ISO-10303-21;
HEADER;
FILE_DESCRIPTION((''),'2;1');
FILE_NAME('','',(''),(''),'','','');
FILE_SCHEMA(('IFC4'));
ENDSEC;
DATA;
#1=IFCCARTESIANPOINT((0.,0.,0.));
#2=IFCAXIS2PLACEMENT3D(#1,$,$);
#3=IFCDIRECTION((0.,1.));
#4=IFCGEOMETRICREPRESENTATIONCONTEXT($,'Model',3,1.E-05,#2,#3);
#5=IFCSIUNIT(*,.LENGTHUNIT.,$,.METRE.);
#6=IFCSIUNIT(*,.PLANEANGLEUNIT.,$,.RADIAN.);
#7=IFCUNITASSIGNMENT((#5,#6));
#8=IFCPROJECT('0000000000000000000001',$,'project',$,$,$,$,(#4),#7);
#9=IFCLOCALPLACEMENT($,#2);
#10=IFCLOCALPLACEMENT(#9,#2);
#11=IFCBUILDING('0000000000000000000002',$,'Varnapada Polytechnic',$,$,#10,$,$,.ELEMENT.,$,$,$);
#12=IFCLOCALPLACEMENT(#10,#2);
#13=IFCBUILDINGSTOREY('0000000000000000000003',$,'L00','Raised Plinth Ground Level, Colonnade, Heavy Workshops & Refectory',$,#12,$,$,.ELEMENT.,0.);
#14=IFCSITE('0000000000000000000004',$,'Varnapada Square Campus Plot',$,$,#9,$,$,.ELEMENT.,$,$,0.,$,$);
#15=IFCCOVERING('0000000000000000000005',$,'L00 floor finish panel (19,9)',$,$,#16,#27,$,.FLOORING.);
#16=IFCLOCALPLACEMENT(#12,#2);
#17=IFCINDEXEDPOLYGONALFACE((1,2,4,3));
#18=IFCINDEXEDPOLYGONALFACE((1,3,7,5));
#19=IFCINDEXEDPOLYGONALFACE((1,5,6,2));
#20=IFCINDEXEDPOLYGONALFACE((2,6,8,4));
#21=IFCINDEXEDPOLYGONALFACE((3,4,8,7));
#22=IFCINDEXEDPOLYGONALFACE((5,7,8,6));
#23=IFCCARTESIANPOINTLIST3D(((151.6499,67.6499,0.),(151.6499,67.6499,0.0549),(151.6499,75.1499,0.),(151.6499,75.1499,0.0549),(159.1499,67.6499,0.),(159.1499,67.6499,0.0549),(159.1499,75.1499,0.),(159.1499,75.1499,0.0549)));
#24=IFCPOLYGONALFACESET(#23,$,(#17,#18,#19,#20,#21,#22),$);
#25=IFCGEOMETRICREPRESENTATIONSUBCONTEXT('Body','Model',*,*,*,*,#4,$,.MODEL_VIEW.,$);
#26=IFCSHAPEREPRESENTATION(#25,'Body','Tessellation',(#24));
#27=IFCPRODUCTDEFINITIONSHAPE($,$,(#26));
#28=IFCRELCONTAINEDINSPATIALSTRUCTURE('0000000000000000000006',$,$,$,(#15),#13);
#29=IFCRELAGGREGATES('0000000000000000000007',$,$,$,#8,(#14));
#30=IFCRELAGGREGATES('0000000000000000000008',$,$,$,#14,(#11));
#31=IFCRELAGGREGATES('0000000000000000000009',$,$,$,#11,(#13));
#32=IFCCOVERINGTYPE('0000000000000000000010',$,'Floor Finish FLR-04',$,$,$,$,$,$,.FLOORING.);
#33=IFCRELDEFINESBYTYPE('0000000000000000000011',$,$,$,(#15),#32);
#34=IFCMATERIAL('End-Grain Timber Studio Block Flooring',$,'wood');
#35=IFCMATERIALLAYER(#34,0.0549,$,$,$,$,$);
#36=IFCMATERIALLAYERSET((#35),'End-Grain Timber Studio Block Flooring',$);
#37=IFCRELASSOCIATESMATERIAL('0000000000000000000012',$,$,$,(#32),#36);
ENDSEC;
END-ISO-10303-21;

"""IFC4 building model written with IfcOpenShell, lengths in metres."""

from ifc_helpers import new_model, si_unit, direction, frame, origin, origin_2d, place, context, subcontext, project, spatial, rectangle, extrude, material, layer, layer_set, type_object, element, save


model = new_model("IFC4")

# Units and contexts
model_context = context("Model", 3, precision=1e-05, world=origin(), true_north=direction((0.0, 1.0)))
body_context = subcontext(model_context, "Body", "Model", "MODEL_VIEW")
ifc_project = project(units=[si_unit("LENGTHUNIT", "METRE"), si_unit("PLANEANGLEUNIT", "RADIAN")], contexts=[model_context])

# Site, building, storey
site_placement = place(None, origin())
site = spatial("IfcSite", under=ifc_project, at=site_placement, Name="Varnapada Square Campus Plot", CompositionType="ELEMENT", RefElevation=0.0)
building_placement = place(site_placement, origin())
building = spatial("IfcBuilding", under=site, at=building_placement, Name="Varnapada Polytechnic", CompositionType="ELEMENT")
storey_placement = place(building_placement, origin())
storey = spatial("IfcBuildingStorey", under=building, at=storey_placement, Name="L00", Description="Raised Plinth Ground Level, Colonnade, Heavy Workshops & Refectory", CompositionType="ELEMENT", Elevation=0.0)

# Covering
ifc_material_1 = material(Name="End-Grain Timber Studio Block Flooring", Category="wood")
ifc_layer_1 = layer(ifc_material_1, 0.0549)
ifc_layer_set_1 = layer_set([ifc_layer_1], Name="End-Grain Timber Studio Block Flooring")
covering_type = type_object("IfcCoveringType", Name="Floor Finish FLR-04", PredefinedType="FLOORING", material=ifc_layer_set_1)
for number, where, z_axis, x_axis, name in (
    (1, (155.3999, 71.3999, 0.0), (0.0, 0.0, 1.0), (1.0, 0.0, 0.0), "L00 floor finish panel (19,9)"),
):
    element("IfcCovering", number, at=place(storey_placement, frame(where, z_axis=z_axis, x_axis=x_axis)), inside=storey, type_object=covering_type, Name=name, PredefinedType="FLOORING", context=body_context, shape_type="SweptSolid", body=[
        extrude(rectangle(XDim=7.5, YDim=7.5, at=origin_2d()), origin(), (0.0, 0.0, 1.0), 0.0549),
    ])

save(model, "model.ifc")
